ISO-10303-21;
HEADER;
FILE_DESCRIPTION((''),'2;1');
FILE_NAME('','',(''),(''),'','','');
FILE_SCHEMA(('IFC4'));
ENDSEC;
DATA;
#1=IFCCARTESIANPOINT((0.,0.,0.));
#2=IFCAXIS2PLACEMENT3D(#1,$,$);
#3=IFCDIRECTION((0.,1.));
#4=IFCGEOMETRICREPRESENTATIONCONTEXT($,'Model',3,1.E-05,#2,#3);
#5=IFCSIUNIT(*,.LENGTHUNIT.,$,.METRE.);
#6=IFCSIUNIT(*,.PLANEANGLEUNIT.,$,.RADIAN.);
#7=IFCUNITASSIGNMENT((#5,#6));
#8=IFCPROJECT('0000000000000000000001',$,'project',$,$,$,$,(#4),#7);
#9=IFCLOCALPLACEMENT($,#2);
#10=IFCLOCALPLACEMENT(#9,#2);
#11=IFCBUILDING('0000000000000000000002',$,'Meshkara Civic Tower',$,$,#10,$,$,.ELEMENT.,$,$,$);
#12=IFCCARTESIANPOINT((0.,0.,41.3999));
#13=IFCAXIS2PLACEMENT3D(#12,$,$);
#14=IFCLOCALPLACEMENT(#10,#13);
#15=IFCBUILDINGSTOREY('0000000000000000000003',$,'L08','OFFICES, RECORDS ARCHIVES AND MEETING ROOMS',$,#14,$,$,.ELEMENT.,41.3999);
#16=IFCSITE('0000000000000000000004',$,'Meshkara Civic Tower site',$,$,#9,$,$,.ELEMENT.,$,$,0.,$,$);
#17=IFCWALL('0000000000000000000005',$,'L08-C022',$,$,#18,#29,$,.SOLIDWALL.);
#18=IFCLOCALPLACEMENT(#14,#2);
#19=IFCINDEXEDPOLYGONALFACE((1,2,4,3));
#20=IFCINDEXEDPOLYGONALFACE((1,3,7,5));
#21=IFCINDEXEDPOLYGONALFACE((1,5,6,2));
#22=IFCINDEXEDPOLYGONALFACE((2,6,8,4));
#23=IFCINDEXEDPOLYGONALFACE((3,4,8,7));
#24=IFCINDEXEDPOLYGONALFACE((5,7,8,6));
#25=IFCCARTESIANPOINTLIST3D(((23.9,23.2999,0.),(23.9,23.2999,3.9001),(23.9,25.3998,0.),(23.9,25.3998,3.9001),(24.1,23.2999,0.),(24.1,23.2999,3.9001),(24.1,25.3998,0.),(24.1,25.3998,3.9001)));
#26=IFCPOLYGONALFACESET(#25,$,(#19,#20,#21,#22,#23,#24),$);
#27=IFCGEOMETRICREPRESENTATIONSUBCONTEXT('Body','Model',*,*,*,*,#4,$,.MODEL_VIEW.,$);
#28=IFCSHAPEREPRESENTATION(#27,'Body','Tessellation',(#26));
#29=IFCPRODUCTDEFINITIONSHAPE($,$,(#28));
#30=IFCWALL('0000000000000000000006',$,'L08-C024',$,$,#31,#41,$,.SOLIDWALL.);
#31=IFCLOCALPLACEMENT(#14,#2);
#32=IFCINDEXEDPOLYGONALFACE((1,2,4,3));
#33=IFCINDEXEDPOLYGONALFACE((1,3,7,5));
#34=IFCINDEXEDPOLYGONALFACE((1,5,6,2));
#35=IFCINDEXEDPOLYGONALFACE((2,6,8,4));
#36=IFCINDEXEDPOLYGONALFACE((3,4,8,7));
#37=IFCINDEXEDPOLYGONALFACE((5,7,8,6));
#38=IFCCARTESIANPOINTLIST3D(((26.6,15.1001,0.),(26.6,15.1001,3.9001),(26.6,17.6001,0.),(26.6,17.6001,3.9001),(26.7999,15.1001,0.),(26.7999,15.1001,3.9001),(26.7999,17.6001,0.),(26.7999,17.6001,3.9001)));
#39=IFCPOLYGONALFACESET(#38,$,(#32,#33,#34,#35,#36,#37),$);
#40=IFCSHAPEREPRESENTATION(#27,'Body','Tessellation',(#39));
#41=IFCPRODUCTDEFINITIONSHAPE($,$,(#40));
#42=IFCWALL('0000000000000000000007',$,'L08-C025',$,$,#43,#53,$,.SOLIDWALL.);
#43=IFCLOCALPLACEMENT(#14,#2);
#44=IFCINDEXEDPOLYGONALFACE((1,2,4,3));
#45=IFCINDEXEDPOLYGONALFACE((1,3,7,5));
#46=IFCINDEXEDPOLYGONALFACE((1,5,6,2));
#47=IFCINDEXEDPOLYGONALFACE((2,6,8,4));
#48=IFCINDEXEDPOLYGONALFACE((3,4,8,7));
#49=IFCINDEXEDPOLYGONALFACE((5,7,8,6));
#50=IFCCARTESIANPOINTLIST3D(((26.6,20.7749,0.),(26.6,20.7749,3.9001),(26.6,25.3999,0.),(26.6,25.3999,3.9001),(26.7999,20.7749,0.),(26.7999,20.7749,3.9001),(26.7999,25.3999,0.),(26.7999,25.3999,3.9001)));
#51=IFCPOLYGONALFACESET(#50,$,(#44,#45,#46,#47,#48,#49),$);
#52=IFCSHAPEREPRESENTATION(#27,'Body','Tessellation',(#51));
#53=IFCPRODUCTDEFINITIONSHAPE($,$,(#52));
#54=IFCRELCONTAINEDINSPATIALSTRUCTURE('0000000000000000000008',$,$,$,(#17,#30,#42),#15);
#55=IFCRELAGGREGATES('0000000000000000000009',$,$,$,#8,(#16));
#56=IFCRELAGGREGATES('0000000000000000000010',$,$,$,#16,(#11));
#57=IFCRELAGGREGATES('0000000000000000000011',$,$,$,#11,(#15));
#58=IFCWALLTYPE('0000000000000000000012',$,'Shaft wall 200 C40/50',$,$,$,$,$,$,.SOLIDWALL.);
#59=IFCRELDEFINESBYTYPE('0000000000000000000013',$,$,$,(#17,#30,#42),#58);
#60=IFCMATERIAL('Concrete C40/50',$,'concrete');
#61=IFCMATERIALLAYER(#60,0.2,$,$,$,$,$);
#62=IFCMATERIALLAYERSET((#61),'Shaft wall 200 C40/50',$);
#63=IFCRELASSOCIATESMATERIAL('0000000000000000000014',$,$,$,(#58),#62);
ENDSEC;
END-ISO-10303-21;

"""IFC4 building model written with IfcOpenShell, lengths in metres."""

from ifc_helpers import new_model, si_unit, direction, frame, frame_2d, origin, place, context, subcontext, project, spatial, rectangle, extrude, material, layer, layer_set, type_object, element, save


model = new_model("IFC4")

# Units and contexts
model_context = context("Model", 3, precision=1e-05, world=origin(), true_north=direction((0.0, 1.0)))
body_context = subcontext(model_context, "Body", "Model", "MODEL_VIEW")
ifc_project = project(units=[si_unit("LENGTHUNIT", "METRE"), si_unit("PLANEANGLEUNIT", "RADIAN")], contexts=[model_context])

# Site, building, storey
site_placement = place(None, origin())
site = spatial("IfcSite", under=ifc_project, at=site_placement, Name="Meshkara Civic Tower site", CompositionType="ELEMENT", RefElevation=0.0)
building_placement = place(site_placement, origin())
building = spatial("IfcBuilding", under=site, at=building_placement, Name="Meshkara Civic Tower", CompositionType="ELEMENT")
storey_placement = place(building_placement, frame((0.0, 0.0, 41.3999)))
storey = spatial("IfcBuildingStorey", under=building, at=storey_placement, Name="L08", Description="OFFICES, RECORDS ARCHIVES AND MEETING ROOMS", CompositionType="ELEMENT", Elevation=41.3999)

# Shared definitions
ifc_material_1 = material(Name="Concrete C40/50", Category="concrete")
ifc_layer_1 = layer(ifc_material_1, 0.2)
ifc_layer_set_1 = layer_set([ifc_layer_1], Name="Shaft wall 200 C40/50")
wall_type_1 = type_object("IfcWallType", Name="Shaft wall 200 C40/50", PredefinedType="SOLIDWALL", material=ifc_layer_set_1)

# Walls
wall_1_placement = place(storey_placement, frame((24.0, 23.3, 0.0), z_axis=(0.0, 0.0, 1.0), x_axis=(0.0, 1.0, 0.0)))
element("IfcWall", 1, at=wall_1_placement, inside=storey, type_object=wall_type_1, Name="L08-C022", PredefinedType="SOLIDWALL", context=body_context, shape_type="SweptSolid", body=[
    extrude(rectangle(XDim=2.0999, YDim=0.2, at=frame_2d((1.0498, 0.0))), origin(), (0.0, 0.0, 1.0), 3.9001),
])
wall_2_placement = place(storey_placement, frame((26.7, 15.1001, 0.0), z_axis=(0.0, 0.0, 1.0), x_axis=(0.0, 1.0, 0.0)))
element("IfcWall", 2, at=wall_2_placement, inside=storey, type_object=wall_type_1, Name="L08-C024", PredefinedType="SOLIDWALL", context=body_context, shape_type="SweptSolid", body=[
    extrude(rectangle(XDim=2.5, YDim=0.2, at=frame_2d((1.25, 0.0))), origin(), (0.0, 0.0, 1.0), 3.9001),
])
wall_3_placement = place(storey_placement, frame((26.7, 20.7749, 0.0), z_axis=(0.0, 0.0, 1.0), x_axis=(0.0, 1.0, 0.0)))
element("IfcWall", 3, at=wall_3_placement, inside=storey, type_object=wall_type_1, Name="L08-C025", PredefinedType="SOLIDWALL", context=body_context, shape_type="SweptSolid", body=[
    extrude(rectangle(XDim=4.625, YDim=0.2, at=frame_2d((2.3125, 0.0))), origin(), (0.0, 0.0, 1.0), 3.9001),
])

save(model, "model.ifc")
